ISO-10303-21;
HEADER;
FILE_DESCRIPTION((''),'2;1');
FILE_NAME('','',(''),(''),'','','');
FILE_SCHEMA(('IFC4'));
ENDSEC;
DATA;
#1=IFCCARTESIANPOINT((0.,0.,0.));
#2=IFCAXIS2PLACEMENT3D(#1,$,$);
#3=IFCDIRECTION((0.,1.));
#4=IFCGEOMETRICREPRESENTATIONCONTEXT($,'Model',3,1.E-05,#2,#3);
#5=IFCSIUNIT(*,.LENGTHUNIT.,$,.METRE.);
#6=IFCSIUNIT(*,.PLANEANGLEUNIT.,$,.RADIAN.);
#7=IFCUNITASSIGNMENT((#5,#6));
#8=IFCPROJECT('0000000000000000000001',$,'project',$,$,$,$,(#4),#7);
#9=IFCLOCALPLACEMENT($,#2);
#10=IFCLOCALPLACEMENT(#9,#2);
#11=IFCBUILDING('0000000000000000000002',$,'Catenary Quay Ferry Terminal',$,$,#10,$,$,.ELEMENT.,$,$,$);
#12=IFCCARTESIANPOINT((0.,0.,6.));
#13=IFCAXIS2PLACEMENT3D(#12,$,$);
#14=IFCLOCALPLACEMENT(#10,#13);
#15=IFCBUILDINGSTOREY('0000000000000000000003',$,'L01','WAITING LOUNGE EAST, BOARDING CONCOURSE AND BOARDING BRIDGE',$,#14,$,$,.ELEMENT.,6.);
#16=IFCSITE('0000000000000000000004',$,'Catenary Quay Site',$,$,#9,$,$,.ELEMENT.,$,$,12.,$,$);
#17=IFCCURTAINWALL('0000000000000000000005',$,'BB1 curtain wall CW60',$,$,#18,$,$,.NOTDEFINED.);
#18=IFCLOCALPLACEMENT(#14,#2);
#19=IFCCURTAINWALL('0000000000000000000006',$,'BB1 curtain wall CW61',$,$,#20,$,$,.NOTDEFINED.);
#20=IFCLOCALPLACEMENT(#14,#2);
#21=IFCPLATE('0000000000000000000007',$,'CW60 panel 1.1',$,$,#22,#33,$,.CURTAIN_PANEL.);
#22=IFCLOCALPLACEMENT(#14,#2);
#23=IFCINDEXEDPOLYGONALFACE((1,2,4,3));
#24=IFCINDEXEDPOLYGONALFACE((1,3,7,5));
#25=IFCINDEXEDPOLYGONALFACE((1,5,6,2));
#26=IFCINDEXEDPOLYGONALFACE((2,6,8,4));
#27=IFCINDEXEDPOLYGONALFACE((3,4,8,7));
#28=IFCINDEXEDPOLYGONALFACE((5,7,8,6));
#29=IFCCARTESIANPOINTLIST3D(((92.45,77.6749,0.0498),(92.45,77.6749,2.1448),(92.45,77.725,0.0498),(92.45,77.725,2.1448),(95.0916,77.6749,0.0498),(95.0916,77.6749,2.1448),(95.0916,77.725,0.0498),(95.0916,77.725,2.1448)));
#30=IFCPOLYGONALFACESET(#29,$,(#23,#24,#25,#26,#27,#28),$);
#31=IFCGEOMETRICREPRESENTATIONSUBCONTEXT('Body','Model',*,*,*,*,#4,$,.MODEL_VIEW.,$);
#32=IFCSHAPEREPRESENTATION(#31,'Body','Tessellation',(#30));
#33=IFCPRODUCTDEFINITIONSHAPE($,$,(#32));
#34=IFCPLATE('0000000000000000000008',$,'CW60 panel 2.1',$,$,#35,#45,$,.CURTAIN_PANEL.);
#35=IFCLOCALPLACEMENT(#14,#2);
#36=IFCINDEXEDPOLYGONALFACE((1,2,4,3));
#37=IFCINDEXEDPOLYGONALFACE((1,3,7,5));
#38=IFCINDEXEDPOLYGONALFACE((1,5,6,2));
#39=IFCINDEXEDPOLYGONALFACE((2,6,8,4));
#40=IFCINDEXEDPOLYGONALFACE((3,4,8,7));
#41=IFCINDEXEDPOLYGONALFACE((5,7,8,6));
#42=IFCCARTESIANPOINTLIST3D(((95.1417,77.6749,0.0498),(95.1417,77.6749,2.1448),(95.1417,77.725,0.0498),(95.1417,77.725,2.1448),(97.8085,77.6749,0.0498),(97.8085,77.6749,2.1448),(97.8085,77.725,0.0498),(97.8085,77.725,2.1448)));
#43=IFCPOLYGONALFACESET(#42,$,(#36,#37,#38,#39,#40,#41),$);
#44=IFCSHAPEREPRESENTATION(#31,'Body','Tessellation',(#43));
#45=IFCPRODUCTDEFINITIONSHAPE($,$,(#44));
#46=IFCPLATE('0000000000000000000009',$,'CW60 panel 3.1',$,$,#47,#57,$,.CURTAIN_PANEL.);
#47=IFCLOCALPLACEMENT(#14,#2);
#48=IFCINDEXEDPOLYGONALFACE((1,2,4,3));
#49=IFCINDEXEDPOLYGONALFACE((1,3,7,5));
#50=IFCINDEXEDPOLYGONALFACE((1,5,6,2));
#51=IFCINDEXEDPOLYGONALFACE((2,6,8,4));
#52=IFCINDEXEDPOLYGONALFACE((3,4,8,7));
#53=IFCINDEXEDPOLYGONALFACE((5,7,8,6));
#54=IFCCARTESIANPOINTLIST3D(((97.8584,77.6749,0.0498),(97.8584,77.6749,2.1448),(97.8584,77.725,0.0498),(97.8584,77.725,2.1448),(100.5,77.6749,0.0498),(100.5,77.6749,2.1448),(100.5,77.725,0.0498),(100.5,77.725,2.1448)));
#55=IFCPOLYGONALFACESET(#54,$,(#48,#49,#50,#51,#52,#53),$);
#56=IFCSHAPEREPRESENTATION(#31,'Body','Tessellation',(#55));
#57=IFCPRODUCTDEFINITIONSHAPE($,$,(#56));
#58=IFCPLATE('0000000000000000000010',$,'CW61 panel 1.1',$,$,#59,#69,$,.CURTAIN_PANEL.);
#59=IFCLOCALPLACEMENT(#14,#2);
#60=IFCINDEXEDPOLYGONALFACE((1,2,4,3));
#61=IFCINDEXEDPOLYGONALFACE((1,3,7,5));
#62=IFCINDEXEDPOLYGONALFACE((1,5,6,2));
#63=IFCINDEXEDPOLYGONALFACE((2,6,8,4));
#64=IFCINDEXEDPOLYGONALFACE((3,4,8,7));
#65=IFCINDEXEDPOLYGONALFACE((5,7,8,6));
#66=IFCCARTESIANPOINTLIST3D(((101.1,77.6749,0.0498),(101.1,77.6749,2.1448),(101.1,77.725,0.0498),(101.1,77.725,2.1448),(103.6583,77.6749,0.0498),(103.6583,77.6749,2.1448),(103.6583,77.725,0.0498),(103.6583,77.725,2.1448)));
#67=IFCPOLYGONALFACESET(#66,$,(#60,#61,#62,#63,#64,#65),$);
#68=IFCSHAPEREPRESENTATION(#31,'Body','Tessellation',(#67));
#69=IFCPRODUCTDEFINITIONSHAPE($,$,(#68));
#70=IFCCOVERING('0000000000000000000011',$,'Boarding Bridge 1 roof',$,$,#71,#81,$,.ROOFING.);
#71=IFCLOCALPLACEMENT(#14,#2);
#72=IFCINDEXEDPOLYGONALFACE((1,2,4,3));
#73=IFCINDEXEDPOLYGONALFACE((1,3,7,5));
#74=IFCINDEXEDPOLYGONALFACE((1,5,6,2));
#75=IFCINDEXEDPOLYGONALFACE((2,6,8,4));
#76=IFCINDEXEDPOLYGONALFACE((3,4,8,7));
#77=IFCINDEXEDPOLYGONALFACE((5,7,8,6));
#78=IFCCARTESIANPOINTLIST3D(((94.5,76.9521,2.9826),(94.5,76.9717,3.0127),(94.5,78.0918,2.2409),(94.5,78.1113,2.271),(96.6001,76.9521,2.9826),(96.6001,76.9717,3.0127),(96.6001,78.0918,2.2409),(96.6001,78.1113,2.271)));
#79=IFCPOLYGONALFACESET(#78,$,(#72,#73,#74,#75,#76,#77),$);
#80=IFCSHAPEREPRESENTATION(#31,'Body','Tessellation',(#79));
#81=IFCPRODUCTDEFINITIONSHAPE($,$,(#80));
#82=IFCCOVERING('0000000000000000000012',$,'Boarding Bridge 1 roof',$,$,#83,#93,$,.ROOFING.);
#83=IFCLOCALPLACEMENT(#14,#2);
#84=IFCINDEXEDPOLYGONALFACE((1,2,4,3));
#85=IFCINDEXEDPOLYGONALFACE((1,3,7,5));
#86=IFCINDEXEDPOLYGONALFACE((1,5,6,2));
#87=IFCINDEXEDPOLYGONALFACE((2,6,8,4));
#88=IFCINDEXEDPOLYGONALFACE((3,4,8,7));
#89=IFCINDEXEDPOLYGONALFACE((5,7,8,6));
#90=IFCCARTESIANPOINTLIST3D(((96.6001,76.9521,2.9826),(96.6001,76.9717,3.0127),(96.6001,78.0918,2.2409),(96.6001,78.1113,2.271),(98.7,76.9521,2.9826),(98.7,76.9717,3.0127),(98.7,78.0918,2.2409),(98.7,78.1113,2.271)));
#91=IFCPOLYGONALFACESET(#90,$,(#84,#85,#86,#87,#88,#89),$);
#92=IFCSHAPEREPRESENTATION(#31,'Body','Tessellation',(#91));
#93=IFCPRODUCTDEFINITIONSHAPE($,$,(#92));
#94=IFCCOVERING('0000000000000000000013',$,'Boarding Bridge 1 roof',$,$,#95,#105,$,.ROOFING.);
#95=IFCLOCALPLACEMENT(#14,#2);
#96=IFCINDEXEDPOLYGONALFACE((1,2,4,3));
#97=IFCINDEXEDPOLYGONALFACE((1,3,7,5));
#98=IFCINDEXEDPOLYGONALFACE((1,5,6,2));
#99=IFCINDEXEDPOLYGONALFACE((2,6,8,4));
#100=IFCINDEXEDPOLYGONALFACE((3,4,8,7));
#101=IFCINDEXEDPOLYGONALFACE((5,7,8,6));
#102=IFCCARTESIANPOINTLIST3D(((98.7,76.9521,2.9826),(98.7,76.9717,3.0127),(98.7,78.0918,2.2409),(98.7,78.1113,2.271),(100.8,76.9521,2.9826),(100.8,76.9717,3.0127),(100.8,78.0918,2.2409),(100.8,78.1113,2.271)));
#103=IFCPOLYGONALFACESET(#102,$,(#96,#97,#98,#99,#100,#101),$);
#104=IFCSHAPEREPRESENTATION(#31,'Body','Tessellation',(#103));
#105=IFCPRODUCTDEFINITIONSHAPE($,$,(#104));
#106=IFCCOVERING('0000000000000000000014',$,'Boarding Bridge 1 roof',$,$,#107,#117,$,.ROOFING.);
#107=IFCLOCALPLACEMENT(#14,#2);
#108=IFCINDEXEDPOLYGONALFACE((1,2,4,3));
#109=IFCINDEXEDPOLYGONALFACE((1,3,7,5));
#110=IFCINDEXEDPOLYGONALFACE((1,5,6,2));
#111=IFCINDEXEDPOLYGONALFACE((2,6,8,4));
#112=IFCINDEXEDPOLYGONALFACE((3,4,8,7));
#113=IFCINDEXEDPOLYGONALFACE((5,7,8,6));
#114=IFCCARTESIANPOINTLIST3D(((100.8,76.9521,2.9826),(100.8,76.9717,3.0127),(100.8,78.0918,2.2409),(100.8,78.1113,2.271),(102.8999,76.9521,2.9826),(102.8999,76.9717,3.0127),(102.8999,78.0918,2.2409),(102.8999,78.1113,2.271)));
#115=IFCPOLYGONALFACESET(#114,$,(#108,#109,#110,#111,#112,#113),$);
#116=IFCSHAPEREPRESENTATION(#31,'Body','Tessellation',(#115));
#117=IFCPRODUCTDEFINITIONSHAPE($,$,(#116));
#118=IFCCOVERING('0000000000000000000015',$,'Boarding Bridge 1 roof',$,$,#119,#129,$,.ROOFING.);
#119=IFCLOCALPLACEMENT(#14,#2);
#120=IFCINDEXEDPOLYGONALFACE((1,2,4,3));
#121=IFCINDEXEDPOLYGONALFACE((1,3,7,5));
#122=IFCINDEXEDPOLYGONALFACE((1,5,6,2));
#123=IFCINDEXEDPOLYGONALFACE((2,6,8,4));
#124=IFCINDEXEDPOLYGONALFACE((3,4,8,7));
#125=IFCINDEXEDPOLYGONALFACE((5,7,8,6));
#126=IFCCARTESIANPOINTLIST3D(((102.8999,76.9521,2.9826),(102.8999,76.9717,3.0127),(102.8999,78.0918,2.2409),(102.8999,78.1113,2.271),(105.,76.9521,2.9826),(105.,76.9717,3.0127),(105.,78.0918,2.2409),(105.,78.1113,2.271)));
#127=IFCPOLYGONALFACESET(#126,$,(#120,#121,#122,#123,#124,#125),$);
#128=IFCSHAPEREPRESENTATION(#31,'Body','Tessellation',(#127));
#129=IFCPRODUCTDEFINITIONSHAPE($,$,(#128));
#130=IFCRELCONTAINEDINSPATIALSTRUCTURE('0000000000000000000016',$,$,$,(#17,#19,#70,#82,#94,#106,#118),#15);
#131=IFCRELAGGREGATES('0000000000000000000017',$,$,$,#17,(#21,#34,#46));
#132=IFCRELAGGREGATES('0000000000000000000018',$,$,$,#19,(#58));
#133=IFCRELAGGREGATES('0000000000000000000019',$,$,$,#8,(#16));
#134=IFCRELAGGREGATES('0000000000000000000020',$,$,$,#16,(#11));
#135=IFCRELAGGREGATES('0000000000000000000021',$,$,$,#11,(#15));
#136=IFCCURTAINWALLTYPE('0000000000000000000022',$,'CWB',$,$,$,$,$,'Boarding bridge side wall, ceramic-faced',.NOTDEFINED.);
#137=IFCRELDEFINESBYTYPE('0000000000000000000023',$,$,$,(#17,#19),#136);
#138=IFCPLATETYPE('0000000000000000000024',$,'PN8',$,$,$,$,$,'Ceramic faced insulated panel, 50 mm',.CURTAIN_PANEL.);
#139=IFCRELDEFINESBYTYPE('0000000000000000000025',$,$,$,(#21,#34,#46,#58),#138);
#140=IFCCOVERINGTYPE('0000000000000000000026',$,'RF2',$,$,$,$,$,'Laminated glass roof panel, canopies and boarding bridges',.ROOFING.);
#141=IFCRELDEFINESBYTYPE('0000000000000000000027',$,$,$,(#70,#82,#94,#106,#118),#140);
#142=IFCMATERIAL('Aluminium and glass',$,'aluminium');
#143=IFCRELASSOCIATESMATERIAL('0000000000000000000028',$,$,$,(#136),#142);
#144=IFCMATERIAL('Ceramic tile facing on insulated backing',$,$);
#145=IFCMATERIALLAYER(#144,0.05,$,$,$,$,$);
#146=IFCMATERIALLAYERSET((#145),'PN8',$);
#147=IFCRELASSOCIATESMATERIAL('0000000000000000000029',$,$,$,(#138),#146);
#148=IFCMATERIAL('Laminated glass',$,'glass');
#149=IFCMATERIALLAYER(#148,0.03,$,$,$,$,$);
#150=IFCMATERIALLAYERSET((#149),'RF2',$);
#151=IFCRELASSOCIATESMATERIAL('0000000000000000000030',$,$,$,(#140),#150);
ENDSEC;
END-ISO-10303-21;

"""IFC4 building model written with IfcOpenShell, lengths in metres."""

from ifc_helpers import new_model, si_unit, direction, frame, origin, origin_2d, place, context, subcontext, project, spatial, polyline, rectangle, outline, extrude, material, layer, layer_set, type_object, element, aggregate, save


model = new_model("IFC4")

# Units and contexts
model_context = context("Model", 3, precision=1e-05, world=origin(), true_north=direction((0.0, 1.0)))
body_context = subcontext(model_context, "Body", "Model", "MODEL_VIEW")
ifc_project = project(units=[si_unit("LENGTHUNIT", "METRE"), si_unit("PLANEANGLEUNIT", "RADIAN")], contexts=[model_context])

# Site, building, storey
site_placement = place(None, origin())
site = spatial("IfcSite", under=ifc_project, at=site_placement, Name="Catenary Quay Site", CompositionType="ELEMENT", RefElevation=12.0)
building_placement = place(site_placement, origin())
building = spatial("IfcBuilding", under=site, at=building_placement, Name="Catenary Quay Ferry Terminal", CompositionType="ELEMENT")
storey_placement = place(building_placement, frame((0.0, 0.0, 6.0)))
storey = spatial("IfcBuildingStorey", under=building, at=storey_placement, Name="L01", Description="WAITING LOUNGE EAST, BOARDING CONCOURSE AND BOARDING BRIDGE", CompositionType="ELEMENT", Elevation=6.0)

# Curtain walls
ifc_material_1 = material(Name="Aluminium and glass", Category="aluminium")
curtain_wall_type = type_object("IfcCurtainWallType", Name="CWB", ElementType="Boarding bridge side wall, ceramic-faced", PredefinedType="NOTDEFINED", material=ifc_material_1)
curtain_wall_1_placement = place(storey_placement, origin())
curtain_wall_1 = element("IfcCurtainWall", 1, at=curtain_wall_1_placement, inside=storey, type_object=curtain_wall_type, Name="BB1 curtain wall CW60", PredefinedType="NOTDEFINED")
curtain_wall_2_placement = place(storey_placement, origin())
curtain_wall_2 = element("IfcCurtainWall", 2, at=curtain_wall_2_placement, inside=storey, type_object=curtain_wall_type, Name="BB1 curtain wall CW61", PredefinedType="NOTDEFINED")

# Plates
ifc_material_2 = material(Name="Ceramic tile facing on insulated backing")
ifc_layer_1 = layer(ifc_material_2, 0.05)
ifc_layer_set_1 = layer_set([ifc_layer_1], Name="PN8")
plate_type = type_object("IfcPlateType", Name="PN8", ElementType="Ceramic faced insulated panel, 50 mm", PredefinedType="CURTAIN_PANEL", material=ifc_layer_set_1)
plate_1_placement = place(storey_placement, frame((93.7708, 77.7, 0.0498), z_axis=(0.0, 0.0, 1.0), x_axis=(1.0, 0.0, 0.0)))
plate_1 = element("IfcPlate", 3, at=plate_1_placement, type_object=plate_type, Name="CW60 panel 1.1", PredefinedType="CURTAIN_PANEL", context=body_context, shape_type="SweptSolid", body=[
    extrude(rectangle(XDim=2.6416, YDim=0.05, at=origin_2d()), origin(), (0.0, 0.0, 1.0), 2.095),
])
plate_2_placement = place(storey_placement, frame((96.4751, 77.7, 0.0498), z_axis=(0.0, 0.0, 1.0), x_axis=(1.0, 0.0, 0.0)))
plate_2 = element("IfcPlate", 4, at=plate_2_placement, type_object=plate_type, Name="CW60 panel 2.1", PredefinedType="CURTAIN_PANEL", context=body_context, shape_type="SweptSolid", body=[
    extrude(rectangle(XDim=2.6667, YDim=0.05, at=origin_2d()), origin(), (0.0, 0.0, 1.0), 2.095),
])
plate_3_placement = place(storey_placement, frame((99.1792, 77.7, 0.0498), z_axis=(0.0, 0.0, 1.0), x_axis=(1.0, 0.0, 0.0)))
plate_3 = element("IfcPlate", 5, at=plate_3_placement, type_object=plate_type, Name="CW60 panel 3.1", PredefinedType="CURTAIN_PANEL", context=body_context, shape_type="SweptSolid", body=[
    extrude(rectangle(XDim=2.6416, YDim=0.05, at=origin_2d()), origin(), (0.0, 0.0, 1.0), 2.095),
])
aggregate(curtain_wall_1, [plate_1, plate_2, plate_3])
plate_4_placement = place(storey_placement, frame((102.3792, 77.7, 0.0498), z_axis=(0.0, 0.0, 1.0), x_axis=(1.0, 0.0, 0.0)))
plate_4 = element("IfcPlate", 6, at=plate_4_placement, type_object=plate_type, Name="CW61 panel 1.1", PredefinedType="CURTAIN_PANEL", context=body_context, shape_type="SweptSolid", body=[
    extrude(rectangle(XDim=2.5583, YDim=0.05, at=origin_2d()), origin(), (0.0, 0.0, 1.0), 2.095),
])
aggregate(curtain_wall_2, [plate_4])

# Coverings
ifc_material_3 = material(Name="Laminated glass", Category="glass")
ifc_layer_2 = layer(ifc_material_3, 0.03)
ifc_layer_set_2 = layer_set([ifc_layer_2], Name="RF2")
covering_type = type_object("IfcCoveringType", Name="RF2", ElementType="Laminated glass roof panel, canopies and boarding bridges", PredefinedType="ROOFING", material=ifc_layer_set_2)
covering_1_placement = place(storey_placement, frame((94.5, 76.9717, 3.0127), z_axis=(0.0, 0.545468, 0.838132), x_axis=(1.0, 0.0, 0.0)))
element("IfcCovering", 7, at=covering_1_placement, inside=storey, type_object=covering_type, Name="Boarding Bridge 1 roof", PredefinedType="ROOFING", context=body_context, shape_type="SweptSolid", body=[
    extrude(outline(polyline([(0.0, 0.0), (2.1001, 0.0), (2.1001, 1.3597), (0.0, 1.3597), (0.0, 0.0)])), origin(), (0.0, 0.0, -1.0), 0.0359),
])
covering_2_placement = place(storey_placement, frame((96.6001, 76.9717, 3.0127), z_axis=(0.0, 0.545468, 0.838132), x_axis=(1.0, 0.0, 0.0)))
element("IfcCovering", 8, at=covering_2_placement, inside=storey, type_object=covering_type, Name="Boarding Bridge 1 roof", PredefinedType="ROOFING", context=body_context, shape_type="SweptSolid", body=[
    extrude(outline(polyline([(0.0, 0.0), (2.0999, 0.0), (2.0999, 1.3597), (0.0, 1.3597), (0.0, 0.0)])), origin(), (0.0, 0.0, -1.0), 0.0359),
])
covering_3_placement = place(storey_placement, frame((98.7, 76.9717, 3.0127), z_axis=(0.0, 0.545468, 0.838132), x_axis=(1.0, 0.0, 0.0)))
element("IfcCovering", 9, at=covering_3_placement, inside=storey, type_object=covering_type, Name="Boarding Bridge 1 roof", PredefinedType="ROOFING", context=body_context, shape_type="SweptSolid", body=[
    extrude(outline(polyline([(0.0, 0.0), (2.1001, 0.0), (2.1001, 1.3597), (0.0, 1.3597), (0.0, 0.0)])), origin(), (0.0, 0.0, -1.0), 0.0359),
])
covering_4_placement = place(storey_placement, frame((100.8, 76.9717, 3.0127), z_axis=(0.0, 0.545468, 0.838132), x_axis=(1.0, 0.0, 0.0)))
element("IfcCovering", 10, at=covering_4_placement, inside=storey, type_object=covering_type, Name="Boarding Bridge 1 roof", PredefinedType="ROOFING", context=body_context, shape_type="SweptSolid", body=[
    extrude(outline(polyline([(0.0, 0.0), (2.0999, 0.0), (2.0999, 1.3597), (0.0, 1.3597), (0.0, 0.0)])), origin(), (0.0, 0.0, -1.0), 0.0359),
])
covering_5_placement = place(storey_placement, frame((102.8999, 76.9717, 3.0127), z_axis=(0.0, 0.545468, 0.838132), x_axis=(1.0, 0.0, 0.0)))
element("IfcCovering", 11, at=covering_5_placement, inside=storey, type_object=covering_type, Name="Boarding Bridge 1 roof", PredefinedType="ROOFING", context=body_context, shape_type="SweptSolid", body=[
    extrude(outline(polyline([(0.0, 0.0), (2.1001, 0.0), (2.1001, 1.3597), (0.0, 1.3597), (0.0, 0.0)])), origin(), (0.0, 0.0, -1.0), 0.0359),
])

save(model, "model.ifc")
